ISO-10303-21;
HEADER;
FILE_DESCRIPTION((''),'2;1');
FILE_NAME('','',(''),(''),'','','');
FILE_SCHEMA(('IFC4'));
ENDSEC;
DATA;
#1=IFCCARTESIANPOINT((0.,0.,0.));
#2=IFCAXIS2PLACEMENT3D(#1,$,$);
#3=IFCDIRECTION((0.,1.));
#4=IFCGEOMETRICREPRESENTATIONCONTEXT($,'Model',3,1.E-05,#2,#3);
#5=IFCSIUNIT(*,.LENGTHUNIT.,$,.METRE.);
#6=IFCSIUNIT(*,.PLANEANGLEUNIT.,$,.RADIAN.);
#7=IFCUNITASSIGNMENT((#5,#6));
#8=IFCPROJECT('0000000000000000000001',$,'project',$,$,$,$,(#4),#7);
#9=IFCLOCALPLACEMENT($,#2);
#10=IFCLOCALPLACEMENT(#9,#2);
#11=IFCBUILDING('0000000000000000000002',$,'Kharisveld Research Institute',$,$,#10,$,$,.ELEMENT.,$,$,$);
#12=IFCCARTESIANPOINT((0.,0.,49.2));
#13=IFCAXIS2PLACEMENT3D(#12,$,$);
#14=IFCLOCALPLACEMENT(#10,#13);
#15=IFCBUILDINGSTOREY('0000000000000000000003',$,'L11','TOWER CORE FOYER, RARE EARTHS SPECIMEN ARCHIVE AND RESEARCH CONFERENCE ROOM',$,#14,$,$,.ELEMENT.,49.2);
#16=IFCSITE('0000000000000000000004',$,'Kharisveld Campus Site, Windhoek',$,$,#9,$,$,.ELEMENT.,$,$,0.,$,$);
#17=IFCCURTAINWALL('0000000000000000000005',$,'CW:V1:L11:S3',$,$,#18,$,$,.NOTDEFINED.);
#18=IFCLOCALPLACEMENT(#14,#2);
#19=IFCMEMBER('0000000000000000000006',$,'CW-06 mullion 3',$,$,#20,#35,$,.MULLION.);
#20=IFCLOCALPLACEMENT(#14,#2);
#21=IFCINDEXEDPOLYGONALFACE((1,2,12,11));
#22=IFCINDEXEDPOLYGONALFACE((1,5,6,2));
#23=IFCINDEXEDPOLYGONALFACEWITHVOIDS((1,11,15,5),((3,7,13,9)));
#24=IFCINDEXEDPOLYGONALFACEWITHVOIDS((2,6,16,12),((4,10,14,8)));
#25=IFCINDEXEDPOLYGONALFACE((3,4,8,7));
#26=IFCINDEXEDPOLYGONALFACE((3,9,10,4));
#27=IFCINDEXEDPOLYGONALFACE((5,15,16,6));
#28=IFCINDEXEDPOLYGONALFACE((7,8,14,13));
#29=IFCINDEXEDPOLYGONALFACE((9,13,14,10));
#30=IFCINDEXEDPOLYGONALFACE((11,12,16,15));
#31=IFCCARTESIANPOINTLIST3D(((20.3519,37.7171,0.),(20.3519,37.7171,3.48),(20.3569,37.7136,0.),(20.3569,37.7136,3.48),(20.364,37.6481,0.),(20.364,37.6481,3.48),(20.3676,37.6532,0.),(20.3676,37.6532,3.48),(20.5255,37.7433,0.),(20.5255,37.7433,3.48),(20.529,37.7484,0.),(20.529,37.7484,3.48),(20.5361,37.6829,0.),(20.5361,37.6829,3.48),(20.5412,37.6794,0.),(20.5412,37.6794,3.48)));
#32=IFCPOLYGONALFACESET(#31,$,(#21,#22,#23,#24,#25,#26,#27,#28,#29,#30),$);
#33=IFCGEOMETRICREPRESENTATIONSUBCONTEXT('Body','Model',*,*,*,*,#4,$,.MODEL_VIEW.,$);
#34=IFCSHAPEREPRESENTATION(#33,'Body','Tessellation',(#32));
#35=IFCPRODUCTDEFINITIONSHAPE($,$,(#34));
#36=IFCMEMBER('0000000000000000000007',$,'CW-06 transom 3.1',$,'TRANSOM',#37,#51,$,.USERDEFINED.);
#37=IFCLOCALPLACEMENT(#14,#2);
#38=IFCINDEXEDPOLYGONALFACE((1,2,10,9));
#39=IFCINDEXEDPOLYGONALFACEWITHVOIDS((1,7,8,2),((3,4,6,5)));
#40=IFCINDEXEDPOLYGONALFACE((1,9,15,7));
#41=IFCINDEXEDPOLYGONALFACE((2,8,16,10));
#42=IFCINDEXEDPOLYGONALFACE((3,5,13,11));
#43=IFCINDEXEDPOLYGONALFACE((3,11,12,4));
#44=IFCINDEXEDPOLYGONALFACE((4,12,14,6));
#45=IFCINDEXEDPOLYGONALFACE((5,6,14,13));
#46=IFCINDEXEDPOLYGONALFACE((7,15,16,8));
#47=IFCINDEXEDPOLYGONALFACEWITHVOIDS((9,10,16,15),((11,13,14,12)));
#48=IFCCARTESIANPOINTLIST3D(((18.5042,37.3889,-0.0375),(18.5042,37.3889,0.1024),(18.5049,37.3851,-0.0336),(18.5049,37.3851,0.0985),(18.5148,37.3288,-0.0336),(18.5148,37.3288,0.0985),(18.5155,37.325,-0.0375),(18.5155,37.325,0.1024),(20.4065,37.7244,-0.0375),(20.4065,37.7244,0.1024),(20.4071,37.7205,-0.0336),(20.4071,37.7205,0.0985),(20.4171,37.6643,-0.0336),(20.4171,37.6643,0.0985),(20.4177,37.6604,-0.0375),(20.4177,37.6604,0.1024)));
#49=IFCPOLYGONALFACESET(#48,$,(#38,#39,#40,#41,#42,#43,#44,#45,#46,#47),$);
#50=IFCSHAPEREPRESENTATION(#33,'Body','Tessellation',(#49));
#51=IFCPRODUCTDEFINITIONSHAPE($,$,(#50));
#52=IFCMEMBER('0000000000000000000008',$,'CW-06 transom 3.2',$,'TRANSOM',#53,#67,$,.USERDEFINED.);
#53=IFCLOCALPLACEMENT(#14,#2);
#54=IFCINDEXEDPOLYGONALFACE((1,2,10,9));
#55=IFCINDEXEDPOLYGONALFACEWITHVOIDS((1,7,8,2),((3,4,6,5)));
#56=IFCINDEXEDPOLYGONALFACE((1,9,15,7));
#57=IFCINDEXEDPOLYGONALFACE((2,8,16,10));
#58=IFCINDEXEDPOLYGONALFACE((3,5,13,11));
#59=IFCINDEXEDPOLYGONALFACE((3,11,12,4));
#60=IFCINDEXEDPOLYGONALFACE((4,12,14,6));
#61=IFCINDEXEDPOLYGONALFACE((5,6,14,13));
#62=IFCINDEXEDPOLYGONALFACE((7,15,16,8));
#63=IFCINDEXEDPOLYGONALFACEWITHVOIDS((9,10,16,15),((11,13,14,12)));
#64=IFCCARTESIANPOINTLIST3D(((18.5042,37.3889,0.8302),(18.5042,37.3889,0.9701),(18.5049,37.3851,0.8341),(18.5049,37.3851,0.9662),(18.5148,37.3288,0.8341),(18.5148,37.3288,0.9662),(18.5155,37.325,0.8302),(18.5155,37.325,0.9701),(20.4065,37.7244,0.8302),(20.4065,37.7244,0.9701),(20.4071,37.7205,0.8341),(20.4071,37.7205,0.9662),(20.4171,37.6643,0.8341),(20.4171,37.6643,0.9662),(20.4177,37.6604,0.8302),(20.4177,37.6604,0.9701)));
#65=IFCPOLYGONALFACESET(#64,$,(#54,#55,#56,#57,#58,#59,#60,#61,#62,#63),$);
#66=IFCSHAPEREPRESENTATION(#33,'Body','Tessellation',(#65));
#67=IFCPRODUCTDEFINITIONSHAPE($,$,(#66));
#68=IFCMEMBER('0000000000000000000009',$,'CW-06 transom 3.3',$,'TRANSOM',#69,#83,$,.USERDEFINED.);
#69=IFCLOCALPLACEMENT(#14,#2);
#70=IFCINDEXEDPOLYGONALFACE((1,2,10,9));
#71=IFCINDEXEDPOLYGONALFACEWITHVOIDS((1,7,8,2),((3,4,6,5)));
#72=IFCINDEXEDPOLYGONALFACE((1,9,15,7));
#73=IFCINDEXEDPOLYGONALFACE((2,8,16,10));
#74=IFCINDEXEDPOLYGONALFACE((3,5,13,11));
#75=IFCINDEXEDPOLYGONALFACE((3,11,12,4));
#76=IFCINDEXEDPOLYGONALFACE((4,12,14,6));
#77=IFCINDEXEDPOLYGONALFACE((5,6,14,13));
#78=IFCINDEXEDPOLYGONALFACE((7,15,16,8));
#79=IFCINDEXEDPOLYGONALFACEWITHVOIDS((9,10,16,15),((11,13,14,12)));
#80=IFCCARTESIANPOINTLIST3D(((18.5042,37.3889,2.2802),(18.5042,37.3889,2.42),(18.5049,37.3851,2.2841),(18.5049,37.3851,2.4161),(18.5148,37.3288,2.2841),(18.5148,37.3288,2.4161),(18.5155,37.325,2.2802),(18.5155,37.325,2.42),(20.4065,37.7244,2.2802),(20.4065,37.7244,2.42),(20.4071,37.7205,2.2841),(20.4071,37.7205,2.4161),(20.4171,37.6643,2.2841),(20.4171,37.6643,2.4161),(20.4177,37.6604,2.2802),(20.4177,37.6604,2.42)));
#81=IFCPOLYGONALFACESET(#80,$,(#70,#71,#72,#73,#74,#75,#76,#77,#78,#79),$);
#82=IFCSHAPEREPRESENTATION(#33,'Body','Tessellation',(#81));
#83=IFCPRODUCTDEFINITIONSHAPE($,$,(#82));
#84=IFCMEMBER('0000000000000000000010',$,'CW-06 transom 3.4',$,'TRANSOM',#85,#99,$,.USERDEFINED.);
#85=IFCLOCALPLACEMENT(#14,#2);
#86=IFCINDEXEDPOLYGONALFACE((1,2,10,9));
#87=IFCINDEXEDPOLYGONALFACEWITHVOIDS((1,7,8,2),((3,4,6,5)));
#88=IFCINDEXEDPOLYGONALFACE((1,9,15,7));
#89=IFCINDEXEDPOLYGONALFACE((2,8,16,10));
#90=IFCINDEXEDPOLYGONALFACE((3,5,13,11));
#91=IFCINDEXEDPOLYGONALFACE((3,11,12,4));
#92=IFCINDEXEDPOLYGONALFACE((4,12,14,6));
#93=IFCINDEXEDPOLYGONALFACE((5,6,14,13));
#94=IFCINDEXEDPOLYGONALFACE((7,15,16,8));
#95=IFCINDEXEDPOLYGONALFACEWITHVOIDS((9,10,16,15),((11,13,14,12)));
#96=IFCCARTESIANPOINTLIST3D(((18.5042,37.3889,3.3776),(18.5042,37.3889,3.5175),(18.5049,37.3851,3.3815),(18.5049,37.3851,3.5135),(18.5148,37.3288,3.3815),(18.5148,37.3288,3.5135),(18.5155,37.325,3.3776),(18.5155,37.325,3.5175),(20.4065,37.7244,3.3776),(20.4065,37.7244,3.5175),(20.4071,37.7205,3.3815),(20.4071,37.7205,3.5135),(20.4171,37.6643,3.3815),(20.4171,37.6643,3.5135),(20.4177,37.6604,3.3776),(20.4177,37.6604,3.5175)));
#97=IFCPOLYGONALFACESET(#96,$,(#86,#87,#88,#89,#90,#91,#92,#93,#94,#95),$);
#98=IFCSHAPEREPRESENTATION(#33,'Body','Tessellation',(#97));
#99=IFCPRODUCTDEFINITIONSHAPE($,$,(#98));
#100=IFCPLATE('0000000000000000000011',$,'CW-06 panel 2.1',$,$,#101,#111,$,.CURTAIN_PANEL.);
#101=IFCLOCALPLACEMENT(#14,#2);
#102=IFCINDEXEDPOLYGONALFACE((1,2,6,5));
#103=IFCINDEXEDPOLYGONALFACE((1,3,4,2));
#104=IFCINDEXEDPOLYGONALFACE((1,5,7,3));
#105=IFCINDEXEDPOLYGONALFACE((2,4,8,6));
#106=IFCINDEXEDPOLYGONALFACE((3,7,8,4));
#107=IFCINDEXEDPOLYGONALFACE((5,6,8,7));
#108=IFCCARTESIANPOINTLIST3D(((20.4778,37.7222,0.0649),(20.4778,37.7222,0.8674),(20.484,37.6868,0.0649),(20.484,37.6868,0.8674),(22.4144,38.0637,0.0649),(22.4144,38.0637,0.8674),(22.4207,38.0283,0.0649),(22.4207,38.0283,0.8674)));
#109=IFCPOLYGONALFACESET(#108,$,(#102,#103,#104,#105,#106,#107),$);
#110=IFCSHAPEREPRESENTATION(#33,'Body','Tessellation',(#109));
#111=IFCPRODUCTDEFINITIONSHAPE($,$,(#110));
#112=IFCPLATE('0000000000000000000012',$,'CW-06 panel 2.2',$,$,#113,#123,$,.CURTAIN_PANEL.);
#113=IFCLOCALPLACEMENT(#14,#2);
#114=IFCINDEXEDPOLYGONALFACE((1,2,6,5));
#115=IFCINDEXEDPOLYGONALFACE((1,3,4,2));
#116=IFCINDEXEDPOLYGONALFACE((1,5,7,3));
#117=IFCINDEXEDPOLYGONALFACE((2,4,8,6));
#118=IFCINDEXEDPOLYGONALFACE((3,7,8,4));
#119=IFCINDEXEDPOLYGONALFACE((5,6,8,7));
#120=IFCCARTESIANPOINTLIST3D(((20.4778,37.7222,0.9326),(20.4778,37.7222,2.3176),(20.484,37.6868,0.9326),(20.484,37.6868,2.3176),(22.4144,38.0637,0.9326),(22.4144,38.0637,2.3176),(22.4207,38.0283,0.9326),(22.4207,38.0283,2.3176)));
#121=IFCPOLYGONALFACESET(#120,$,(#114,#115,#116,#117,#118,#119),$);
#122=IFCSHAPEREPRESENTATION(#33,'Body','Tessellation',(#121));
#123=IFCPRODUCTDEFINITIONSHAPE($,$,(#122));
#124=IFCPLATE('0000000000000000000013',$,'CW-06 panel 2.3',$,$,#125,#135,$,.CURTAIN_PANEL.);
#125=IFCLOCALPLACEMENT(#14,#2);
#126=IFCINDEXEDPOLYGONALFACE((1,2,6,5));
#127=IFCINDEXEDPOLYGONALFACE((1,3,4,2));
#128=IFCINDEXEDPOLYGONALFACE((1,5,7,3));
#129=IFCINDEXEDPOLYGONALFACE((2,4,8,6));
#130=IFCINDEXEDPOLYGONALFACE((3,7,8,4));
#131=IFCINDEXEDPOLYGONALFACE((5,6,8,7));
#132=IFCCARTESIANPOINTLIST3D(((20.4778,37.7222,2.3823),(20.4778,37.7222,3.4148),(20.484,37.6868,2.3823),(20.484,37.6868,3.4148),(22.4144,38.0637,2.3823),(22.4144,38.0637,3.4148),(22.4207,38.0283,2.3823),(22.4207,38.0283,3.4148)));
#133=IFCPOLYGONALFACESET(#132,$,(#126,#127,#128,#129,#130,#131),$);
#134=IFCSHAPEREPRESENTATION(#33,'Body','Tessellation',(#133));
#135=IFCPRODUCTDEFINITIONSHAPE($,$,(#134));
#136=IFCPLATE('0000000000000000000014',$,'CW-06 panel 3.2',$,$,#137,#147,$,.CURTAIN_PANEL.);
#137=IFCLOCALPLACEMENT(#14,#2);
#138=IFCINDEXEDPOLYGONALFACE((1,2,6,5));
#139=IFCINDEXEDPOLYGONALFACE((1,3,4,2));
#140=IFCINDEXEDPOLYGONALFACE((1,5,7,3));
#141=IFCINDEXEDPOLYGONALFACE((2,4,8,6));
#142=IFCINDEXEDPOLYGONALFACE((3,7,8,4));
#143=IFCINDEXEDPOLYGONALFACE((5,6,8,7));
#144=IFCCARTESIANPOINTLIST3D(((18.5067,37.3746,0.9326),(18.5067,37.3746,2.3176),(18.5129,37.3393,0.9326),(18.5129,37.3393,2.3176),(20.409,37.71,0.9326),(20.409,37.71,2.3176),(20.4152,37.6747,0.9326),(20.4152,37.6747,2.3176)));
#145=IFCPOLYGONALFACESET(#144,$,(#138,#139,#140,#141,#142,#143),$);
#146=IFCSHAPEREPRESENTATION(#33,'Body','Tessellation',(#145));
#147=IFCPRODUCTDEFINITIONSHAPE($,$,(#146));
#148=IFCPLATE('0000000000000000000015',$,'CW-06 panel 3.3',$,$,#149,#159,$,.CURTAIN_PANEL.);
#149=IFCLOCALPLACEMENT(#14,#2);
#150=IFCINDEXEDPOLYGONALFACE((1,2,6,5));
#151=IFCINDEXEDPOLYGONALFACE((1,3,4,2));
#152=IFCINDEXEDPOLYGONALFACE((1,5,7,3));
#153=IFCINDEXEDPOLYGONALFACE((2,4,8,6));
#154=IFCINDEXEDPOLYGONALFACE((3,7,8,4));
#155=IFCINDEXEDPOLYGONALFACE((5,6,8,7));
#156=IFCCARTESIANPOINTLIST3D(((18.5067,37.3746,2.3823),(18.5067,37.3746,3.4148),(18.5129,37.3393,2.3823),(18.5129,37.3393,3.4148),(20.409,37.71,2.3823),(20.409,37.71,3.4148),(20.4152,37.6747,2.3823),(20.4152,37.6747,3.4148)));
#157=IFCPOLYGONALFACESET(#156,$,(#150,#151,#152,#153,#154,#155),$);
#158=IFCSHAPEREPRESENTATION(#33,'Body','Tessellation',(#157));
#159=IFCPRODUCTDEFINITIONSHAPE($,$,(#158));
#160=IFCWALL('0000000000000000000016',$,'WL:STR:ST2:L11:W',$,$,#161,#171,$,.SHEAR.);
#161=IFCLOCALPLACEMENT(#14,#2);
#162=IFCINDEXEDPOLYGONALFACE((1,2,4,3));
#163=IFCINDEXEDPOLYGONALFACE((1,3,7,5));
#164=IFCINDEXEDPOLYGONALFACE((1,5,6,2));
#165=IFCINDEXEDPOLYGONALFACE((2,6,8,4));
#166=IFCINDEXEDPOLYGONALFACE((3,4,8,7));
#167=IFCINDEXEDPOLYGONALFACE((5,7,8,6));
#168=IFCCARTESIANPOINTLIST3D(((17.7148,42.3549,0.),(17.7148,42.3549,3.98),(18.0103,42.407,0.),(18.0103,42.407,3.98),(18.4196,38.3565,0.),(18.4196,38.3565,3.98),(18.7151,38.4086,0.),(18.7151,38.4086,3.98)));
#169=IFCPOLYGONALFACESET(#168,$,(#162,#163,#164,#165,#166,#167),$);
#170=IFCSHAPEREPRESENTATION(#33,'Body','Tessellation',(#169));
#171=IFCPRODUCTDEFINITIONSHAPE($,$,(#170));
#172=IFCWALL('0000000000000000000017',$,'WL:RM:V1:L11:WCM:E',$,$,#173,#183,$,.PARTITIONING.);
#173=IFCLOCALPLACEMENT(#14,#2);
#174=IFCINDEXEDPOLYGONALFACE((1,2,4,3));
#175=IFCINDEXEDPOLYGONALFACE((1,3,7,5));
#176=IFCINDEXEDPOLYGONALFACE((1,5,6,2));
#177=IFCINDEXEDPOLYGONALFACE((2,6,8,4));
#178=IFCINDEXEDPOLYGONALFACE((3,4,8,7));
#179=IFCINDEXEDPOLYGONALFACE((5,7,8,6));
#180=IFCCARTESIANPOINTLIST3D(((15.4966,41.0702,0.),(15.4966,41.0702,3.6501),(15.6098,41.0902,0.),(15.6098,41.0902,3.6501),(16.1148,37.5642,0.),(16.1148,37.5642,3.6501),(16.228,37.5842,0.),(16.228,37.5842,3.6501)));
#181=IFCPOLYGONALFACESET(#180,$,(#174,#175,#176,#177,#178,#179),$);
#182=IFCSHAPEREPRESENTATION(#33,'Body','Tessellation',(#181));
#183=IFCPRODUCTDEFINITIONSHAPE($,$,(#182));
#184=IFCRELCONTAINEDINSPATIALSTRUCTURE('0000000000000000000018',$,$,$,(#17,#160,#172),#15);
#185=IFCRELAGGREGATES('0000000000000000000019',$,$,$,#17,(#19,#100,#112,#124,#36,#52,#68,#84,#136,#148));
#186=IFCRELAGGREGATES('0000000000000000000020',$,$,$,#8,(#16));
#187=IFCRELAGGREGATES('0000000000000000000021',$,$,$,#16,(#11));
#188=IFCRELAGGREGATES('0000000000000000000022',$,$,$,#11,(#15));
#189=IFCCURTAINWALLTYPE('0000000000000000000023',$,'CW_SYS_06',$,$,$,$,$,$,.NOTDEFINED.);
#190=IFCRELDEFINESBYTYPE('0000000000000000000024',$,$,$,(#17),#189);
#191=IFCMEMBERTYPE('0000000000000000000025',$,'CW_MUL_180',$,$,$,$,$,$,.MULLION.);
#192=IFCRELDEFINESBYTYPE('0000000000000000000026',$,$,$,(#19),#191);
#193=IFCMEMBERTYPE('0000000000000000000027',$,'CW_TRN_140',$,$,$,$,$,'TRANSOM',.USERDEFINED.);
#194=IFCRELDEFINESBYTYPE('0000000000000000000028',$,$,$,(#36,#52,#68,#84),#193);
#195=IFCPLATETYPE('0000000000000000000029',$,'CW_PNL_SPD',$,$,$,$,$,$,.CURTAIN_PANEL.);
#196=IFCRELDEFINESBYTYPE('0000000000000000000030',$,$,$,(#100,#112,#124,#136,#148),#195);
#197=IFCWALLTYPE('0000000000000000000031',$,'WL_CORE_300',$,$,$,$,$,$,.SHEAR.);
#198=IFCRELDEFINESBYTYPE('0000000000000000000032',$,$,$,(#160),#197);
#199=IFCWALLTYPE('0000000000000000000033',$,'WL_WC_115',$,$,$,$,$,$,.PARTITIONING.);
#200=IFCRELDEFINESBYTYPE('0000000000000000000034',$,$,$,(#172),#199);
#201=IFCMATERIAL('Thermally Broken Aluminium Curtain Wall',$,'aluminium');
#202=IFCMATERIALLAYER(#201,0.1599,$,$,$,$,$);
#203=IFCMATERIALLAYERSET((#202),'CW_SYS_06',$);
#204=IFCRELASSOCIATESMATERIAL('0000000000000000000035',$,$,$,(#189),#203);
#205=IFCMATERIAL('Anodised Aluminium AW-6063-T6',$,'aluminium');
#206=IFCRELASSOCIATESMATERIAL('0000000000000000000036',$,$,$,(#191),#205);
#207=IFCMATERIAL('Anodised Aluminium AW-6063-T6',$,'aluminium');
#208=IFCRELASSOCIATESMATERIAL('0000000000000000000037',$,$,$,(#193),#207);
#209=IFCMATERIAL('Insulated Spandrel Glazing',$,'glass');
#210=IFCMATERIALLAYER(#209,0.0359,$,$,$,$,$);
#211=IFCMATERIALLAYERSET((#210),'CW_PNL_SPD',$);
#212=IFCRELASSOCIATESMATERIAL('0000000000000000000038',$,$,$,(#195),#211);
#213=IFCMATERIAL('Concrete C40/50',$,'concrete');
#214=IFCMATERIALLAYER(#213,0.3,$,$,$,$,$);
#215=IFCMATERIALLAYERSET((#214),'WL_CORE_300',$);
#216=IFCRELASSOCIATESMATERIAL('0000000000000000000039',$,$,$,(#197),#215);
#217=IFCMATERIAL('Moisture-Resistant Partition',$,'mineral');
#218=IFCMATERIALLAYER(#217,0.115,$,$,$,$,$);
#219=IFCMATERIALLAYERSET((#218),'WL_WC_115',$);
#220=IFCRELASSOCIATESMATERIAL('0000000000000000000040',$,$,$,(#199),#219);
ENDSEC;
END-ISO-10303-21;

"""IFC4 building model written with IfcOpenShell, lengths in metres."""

from ifc_helpers import new_model, si_unit, direction, frame, frame_2d, origin, origin_2d, place, context, subcontext, project, spatial, rectangle, hollow_rectangle, extrude, material, layer, layer_set, material_profile, profile_set, type_object, element, aggregate, save


model = new_model("IFC4")

# Units and contexts
model_context = context("Model", 3, precision=1e-05, world=origin(), true_north=direction((0.0, 1.0)))
body_context = subcontext(model_context, "Body", "Model", "MODEL_VIEW")
ifc_project = project(units=[si_unit("LENGTHUNIT", "METRE"), si_unit("PLANEANGLEUNIT", "RADIAN")], contexts=[model_context])

# Site, building, storey
site_placement = place(None, origin())
site = spatial("IfcSite", under=ifc_project, at=site_placement, Name="Kharisveld Campus Site, Windhoek", CompositionType="ELEMENT", RefElevation=0.0)
building_placement = place(site_placement, origin())
building = spatial("IfcBuilding", under=site, at=building_placement, Name="Kharisveld Research Institute", CompositionType="ELEMENT")
storey_placement = place(building_placement, frame((0.0, 0.0, 49.2)))
storey = spatial("IfcBuildingStorey", under=building, at=storey_placement, Name="L11", Description="TOWER CORE FOYER, RARE EARTHS SPECIMEN ARCHIVE AND RESEARCH CONFERENCE ROOM", CompositionType="ELEMENT", Elevation=49.2)

# Curtain wall, members, plates
ifc_material_1 = material(Name="Thermally Broken Aluminium Curtain Wall", Category="aluminium")
ifc_layer_1 = layer(ifc_material_1, 0.1599)
ifc_layer_set_1 = layer_set([ifc_layer_1], Name="CW_SYS_06")
curtain_wall_type = type_object("IfcCurtainWallType", Name="CW_SYS_06", PredefinedType="NOTDEFINED", material=ifc_layer_set_1)
curtain_wall_placement = place(storey_placement, origin())
curtain_wall = element("IfcCurtainWall", 1, at=curtain_wall_placement, inside=storey, type_object=curtain_wall_type, Name="CW:V1:L11:S3", PredefinedType="NOTDEFINED")
ifc_material_2 = material(Name="Anodised Aluminium AW-6063-T6", Category="aluminium")
ifc_material_profile_1 = material_profile(ifc_material_2, hollow_rectangle(XDim=0.0701, YDim=0.1799, WallThickness=0.0044, at=origin_2d()))
ifc_profile_set_1 = profile_set([ifc_material_profile_1], Name="Anodised Aluminium AW-6063-T6")
member_type_1 = type_object("IfcMemberType", Name="CW_MUL_180", PredefinedType="MULLION", material=ifc_profile_set_1)
member_1_placement = place(storey_placement, frame((20.4465, 37.6982, 0.0), z_axis=(0.0, 0.0, 1.0), x_axis=(0.173648, -0.984808, 0.0)))
member_1 = element("IfcMember", 2, at=member_1_placement, type_object=member_type_1, Name="CW-06 mullion 3", PredefinedType="MULLION", context=body_context, shape_type="SweptSolid", body=[
    extrude(hollow_rectangle(XDim=0.0701, YDim=0.1799, WallThickness=0.0044, at=origin_2d()), origin(), (0.0, 0.0, 1.0), 3.48),
])
ifc_material_3 = material(Name="Anodised Aluminium AW-6063-T6", Category="aluminium")
ifc_material_profile_2 = material_profile(ifc_material_3, hollow_rectangle(XDim=0.0649, YDim=0.1399, WallThickness=0.0039, at=origin_2d()))
ifc_profile_set_2 = profile_set([ifc_material_profile_2], Name="Anodised Aluminium AW-6063-T6")
member_type_2 = type_object("IfcMemberType", Name="CW_TRN_140", ElementType="TRANSOM", PredefinedType="USERDEFINED", material=ifc_profile_set_2)
member_2_placement = place(storey_placement, frame((20.4121, 37.6924, 0.0325), z_axis=(-0.984806, -0.173656, 0.0), x_axis=(0.173656, -0.984806, 0.0)))
member_2 = element("IfcMember", 3, at=member_2_placement, type_object=member_type_2, Name="CW-06 transom 3.1", ObjectType="TRANSOM", PredefinedType="USERDEFINED", context=body_context, shape_type="SweptSolid", body=[
    extrude(hollow_rectangle(XDim=0.0649, YDim=0.1399, WallThickness=0.0039, at=origin_2d()), origin(), (0.0, 0.0, 1.0), 1.9316),
])
member_3_placement = place(storey_placement, frame((20.4121, 37.6924, 0.9001), z_axis=(-0.984806, -0.173656, 0.0), x_axis=(0.173656, -0.984806, 0.0)))
member_3 = element("IfcMember", 4, at=member_3_placement, type_object=member_type_2, Name="CW-06 transom 3.2", ObjectType="TRANSOM", PredefinedType="USERDEFINED", context=body_context, shape_type="SweptSolid", body=[
    extrude(hollow_rectangle(XDim=0.0649, YDim=0.1399, WallThickness=0.0039, at=origin_2d()), origin(), (0.0, 0.0, 1.0), 1.9316),
])
member_4_placement = place(storey_placement, frame((20.4121, 37.6924, 2.3501), z_axis=(-0.984806, -0.173656, 0.0), x_axis=(0.173656, -0.984806, 0.0)))
member_4 = element("IfcMember", 5, at=member_4_placement, type_object=member_type_2, Name="CW-06 transom 3.3", ObjectType="TRANSOM", PredefinedType="USERDEFINED", context=body_context, shape_type="SweptSolid", body=[
    extrude(hollow_rectangle(XDim=0.0649, YDim=0.1399, WallThickness=0.0039, at=origin_2d()), origin(), (0.0, 0.0, 1.0), 1.9316),
])
member_5_placement = place(storey_placement, frame((20.4121, 37.6924, 3.4475), z_axis=(-0.984806, -0.173656, 0.0), x_axis=(0.173656, -0.984806, 0.0)))
member_5 = element("IfcMember", 6, at=member_5_placement, type_object=member_type_2, Name="CW-06 transom 3.4", ObjectType="TRANSOM", PredefinedType="USERDEFINED", context=body_context, shape_type="SweptSolid", body=[
    extrude(hollow_rectangle(XDim=0.0649, YDim=0.1399, WallThickness=0.0039, at=origin_2d()), origin(), (0.0, 0.0, 1.0), 1.9316),
])
ifc_material_4 = material(Name="Insulated Spandrel Glazing", Category="glass")
ifc_layer_2 = layer(ifc_material_4, 0.0359)
ifc_layer_set_2 = layer_set([ifc_layer_2], Name="CW_PNL_SPD")
plate_type = type_object("IfcPlateType", Name="CW_PNL_SPD", PredefinedType="CURTAIN_PANEL", material=ifc_layer_set_2)
plate_1_placement = place(storey_placement, frame((21.4492, 37.8752, 0.0649), z_axis=(0.0, 0.0, 1.0), x_axis=(-0.984808, -0.173648, 0.0)))
plate_1 = element("IfcPlate", 7, at=plate_1_placement, type_object=plate_type, Name="CW-06 panel 2.1", PredefinedType="CURTAIN_PANEL", context=body_context, shape_type="SweptSolid", body=[
    extrude(rectangle(XDim=1.9666, YDim=0.0359, at=origin_2d()), origin(), (0.0, 0.0, 1.0), 0.8025),
])
plate_2_placement = place(storey_placement, frame((21.4492, 37.8752, 0.9326), z_axis=(0.0, 0.0, 1.0), x_axis=(-0.984808, -0.173648, 0.0)))
plate_2 = element("IfcPlate", 8, at=plate_2_placement, type_object=plate_type, Name="CW-06 panel 2.2", PredefinedType="CURTAIN_PANEL", context=body_context, shape_type="SweptSolid", body=[
    extrude(rectangle(XDim=1.9666, YDim=0.0359, at=origin_2d()), origin(), (0.0, 0.0, 1.0), 1.385),
])
plate_3_placement = place(storey_placement, frame((21.4492, 37.8752, 2.3823), z_axis=(0.0, 0.0, 1.0), x_axis=(-0.984808, -0.173648, 0.0)))
plate_3 = element("IfcPlate", 9, at=plate_3_placement, type_object=plate_type, Name="CW-06 panel 2.3", PredefinedType="CURTAIN_PANEL", context=body_context, shape_type="SweptSolid", body=[
    extrude(rectangle(XDim=1.9666, YDim=0.0359, at=origin_2d()), origin(), (0.0, 0.0, 1.0), 1.0325),
])
plate_4_placement = place(storey_placement, frame((19.4609, 37.5247, 0.9326), z_axis=(0.0, 0.0, 1.0), x_axis=(-0.984808, -0.173648, 0.0)))
plate_4 = element("IfcPlate", 10, at=plate_4_placement, type_object=plate_type, Name="CW-06 panel 3.2", PredefinedType="CURTAIN_PANEL", context=body_context, shape_type="SweptSolid", body=[
    extrude(rectangle(XDim=1.9316, YDim=0.0359, at=origin_2d()), origin(), (0.0, 0.0, 1.0), 1.385),
])
plate_5_placement = place(storey_placement, frame((19.4609, 37.5247, 2.3823), z_axis=(0.0, 0.0, 1.0), x_axis=(-0.984808, -0.173648, 0.0)))
plate_5 = element("IfcPlate", 11, at=plate_5_placement, type_object=plate_type, Name="CW-06 panel 3.3", PredefinedType="CURTAIN_PANEL", context=body_context, shape_type="SweptSolid", body=[
    extrude(rectangle(XDim=1.9316, YDim=0.0359, at=origin_2d()), origin(), (0.0, 0.0, 1.0), 1.0325),
])
aggregate(curtain_wall, [member_1, plate_1, plate_2, plate_3, member_2, member_3, member_4, member_5, plate_4, plate_5])

# Walls
ifc_material_5 = material(Name="Concrete C40/50", Category="concrete")
ifc_layer_3 = layer(ifc_material_5, 0.3)
ifc_layer_set_3 = layer_set([ifc_layer_3], Name="WL_CORE_300")
wall_type_1 = type_object("IfcWallType", Name="WL_CORE_300", PredefinedType="SHEAR", material=ifc_layer_set_3)
wall_1_placement = place(storey_placement, frame((18.5674, 38.3826, 0.0), z_axis=(0.0, 0.0, 1.0), x_axis=(-0.173607, 0.984815, 0.0)))
element("IfcWall", 12, at=wall_1_placement, inside=storey, type_object=wall_type_1, Name="WL:STR:ST2:L11:W", PredefinedType="SHEAR", context=body_context, shape_type="SweptSolid", body=[
    extrude(rectangle(XDim=4.0601, YDim=0.3, at=frame_2d((2.03, 0.0))), origin(), (0.0, 0.0, 1.0), 3.98),
])
ifc_material_6 = material(Name="Moisture-Resistant Partition", Category="mineral")
ifc_layer_4 = layer(ifc_material_6, 0.115)
ifc_layer_set_4 = layer_set([ifc_layer_4], Name="WL_WC_115")
wall_type_2 = type_object("IfcWallType", Name="WL_WC_115", PredefinedType="PARTITIONING", material=ifc_layer_set_4)
wall_2_placement = place(storey_placement, frame((16.1714, 37.5742, 0.0), z_axis=(0.0, 0.0, 1.0), x_axis=(-0.173644, 0.984808, 0.0)))
element("IfcWall", 13, at=wall_2_placement, inside=storey, type_object=wall_type_2, Name="WL:RM:V1:L11:WCM:E", PredefinedType="PARTITIONING", context=body_context, shape_type="SweptSolid", body=[
    extrude(rectangle(XDim=3.5601, YDim=0.115, at=frame_2d((1.78, 0.0))), origin(), (0.0, 0.0, 1.0), 3.6501),
])

save(model, "model.ifc")
